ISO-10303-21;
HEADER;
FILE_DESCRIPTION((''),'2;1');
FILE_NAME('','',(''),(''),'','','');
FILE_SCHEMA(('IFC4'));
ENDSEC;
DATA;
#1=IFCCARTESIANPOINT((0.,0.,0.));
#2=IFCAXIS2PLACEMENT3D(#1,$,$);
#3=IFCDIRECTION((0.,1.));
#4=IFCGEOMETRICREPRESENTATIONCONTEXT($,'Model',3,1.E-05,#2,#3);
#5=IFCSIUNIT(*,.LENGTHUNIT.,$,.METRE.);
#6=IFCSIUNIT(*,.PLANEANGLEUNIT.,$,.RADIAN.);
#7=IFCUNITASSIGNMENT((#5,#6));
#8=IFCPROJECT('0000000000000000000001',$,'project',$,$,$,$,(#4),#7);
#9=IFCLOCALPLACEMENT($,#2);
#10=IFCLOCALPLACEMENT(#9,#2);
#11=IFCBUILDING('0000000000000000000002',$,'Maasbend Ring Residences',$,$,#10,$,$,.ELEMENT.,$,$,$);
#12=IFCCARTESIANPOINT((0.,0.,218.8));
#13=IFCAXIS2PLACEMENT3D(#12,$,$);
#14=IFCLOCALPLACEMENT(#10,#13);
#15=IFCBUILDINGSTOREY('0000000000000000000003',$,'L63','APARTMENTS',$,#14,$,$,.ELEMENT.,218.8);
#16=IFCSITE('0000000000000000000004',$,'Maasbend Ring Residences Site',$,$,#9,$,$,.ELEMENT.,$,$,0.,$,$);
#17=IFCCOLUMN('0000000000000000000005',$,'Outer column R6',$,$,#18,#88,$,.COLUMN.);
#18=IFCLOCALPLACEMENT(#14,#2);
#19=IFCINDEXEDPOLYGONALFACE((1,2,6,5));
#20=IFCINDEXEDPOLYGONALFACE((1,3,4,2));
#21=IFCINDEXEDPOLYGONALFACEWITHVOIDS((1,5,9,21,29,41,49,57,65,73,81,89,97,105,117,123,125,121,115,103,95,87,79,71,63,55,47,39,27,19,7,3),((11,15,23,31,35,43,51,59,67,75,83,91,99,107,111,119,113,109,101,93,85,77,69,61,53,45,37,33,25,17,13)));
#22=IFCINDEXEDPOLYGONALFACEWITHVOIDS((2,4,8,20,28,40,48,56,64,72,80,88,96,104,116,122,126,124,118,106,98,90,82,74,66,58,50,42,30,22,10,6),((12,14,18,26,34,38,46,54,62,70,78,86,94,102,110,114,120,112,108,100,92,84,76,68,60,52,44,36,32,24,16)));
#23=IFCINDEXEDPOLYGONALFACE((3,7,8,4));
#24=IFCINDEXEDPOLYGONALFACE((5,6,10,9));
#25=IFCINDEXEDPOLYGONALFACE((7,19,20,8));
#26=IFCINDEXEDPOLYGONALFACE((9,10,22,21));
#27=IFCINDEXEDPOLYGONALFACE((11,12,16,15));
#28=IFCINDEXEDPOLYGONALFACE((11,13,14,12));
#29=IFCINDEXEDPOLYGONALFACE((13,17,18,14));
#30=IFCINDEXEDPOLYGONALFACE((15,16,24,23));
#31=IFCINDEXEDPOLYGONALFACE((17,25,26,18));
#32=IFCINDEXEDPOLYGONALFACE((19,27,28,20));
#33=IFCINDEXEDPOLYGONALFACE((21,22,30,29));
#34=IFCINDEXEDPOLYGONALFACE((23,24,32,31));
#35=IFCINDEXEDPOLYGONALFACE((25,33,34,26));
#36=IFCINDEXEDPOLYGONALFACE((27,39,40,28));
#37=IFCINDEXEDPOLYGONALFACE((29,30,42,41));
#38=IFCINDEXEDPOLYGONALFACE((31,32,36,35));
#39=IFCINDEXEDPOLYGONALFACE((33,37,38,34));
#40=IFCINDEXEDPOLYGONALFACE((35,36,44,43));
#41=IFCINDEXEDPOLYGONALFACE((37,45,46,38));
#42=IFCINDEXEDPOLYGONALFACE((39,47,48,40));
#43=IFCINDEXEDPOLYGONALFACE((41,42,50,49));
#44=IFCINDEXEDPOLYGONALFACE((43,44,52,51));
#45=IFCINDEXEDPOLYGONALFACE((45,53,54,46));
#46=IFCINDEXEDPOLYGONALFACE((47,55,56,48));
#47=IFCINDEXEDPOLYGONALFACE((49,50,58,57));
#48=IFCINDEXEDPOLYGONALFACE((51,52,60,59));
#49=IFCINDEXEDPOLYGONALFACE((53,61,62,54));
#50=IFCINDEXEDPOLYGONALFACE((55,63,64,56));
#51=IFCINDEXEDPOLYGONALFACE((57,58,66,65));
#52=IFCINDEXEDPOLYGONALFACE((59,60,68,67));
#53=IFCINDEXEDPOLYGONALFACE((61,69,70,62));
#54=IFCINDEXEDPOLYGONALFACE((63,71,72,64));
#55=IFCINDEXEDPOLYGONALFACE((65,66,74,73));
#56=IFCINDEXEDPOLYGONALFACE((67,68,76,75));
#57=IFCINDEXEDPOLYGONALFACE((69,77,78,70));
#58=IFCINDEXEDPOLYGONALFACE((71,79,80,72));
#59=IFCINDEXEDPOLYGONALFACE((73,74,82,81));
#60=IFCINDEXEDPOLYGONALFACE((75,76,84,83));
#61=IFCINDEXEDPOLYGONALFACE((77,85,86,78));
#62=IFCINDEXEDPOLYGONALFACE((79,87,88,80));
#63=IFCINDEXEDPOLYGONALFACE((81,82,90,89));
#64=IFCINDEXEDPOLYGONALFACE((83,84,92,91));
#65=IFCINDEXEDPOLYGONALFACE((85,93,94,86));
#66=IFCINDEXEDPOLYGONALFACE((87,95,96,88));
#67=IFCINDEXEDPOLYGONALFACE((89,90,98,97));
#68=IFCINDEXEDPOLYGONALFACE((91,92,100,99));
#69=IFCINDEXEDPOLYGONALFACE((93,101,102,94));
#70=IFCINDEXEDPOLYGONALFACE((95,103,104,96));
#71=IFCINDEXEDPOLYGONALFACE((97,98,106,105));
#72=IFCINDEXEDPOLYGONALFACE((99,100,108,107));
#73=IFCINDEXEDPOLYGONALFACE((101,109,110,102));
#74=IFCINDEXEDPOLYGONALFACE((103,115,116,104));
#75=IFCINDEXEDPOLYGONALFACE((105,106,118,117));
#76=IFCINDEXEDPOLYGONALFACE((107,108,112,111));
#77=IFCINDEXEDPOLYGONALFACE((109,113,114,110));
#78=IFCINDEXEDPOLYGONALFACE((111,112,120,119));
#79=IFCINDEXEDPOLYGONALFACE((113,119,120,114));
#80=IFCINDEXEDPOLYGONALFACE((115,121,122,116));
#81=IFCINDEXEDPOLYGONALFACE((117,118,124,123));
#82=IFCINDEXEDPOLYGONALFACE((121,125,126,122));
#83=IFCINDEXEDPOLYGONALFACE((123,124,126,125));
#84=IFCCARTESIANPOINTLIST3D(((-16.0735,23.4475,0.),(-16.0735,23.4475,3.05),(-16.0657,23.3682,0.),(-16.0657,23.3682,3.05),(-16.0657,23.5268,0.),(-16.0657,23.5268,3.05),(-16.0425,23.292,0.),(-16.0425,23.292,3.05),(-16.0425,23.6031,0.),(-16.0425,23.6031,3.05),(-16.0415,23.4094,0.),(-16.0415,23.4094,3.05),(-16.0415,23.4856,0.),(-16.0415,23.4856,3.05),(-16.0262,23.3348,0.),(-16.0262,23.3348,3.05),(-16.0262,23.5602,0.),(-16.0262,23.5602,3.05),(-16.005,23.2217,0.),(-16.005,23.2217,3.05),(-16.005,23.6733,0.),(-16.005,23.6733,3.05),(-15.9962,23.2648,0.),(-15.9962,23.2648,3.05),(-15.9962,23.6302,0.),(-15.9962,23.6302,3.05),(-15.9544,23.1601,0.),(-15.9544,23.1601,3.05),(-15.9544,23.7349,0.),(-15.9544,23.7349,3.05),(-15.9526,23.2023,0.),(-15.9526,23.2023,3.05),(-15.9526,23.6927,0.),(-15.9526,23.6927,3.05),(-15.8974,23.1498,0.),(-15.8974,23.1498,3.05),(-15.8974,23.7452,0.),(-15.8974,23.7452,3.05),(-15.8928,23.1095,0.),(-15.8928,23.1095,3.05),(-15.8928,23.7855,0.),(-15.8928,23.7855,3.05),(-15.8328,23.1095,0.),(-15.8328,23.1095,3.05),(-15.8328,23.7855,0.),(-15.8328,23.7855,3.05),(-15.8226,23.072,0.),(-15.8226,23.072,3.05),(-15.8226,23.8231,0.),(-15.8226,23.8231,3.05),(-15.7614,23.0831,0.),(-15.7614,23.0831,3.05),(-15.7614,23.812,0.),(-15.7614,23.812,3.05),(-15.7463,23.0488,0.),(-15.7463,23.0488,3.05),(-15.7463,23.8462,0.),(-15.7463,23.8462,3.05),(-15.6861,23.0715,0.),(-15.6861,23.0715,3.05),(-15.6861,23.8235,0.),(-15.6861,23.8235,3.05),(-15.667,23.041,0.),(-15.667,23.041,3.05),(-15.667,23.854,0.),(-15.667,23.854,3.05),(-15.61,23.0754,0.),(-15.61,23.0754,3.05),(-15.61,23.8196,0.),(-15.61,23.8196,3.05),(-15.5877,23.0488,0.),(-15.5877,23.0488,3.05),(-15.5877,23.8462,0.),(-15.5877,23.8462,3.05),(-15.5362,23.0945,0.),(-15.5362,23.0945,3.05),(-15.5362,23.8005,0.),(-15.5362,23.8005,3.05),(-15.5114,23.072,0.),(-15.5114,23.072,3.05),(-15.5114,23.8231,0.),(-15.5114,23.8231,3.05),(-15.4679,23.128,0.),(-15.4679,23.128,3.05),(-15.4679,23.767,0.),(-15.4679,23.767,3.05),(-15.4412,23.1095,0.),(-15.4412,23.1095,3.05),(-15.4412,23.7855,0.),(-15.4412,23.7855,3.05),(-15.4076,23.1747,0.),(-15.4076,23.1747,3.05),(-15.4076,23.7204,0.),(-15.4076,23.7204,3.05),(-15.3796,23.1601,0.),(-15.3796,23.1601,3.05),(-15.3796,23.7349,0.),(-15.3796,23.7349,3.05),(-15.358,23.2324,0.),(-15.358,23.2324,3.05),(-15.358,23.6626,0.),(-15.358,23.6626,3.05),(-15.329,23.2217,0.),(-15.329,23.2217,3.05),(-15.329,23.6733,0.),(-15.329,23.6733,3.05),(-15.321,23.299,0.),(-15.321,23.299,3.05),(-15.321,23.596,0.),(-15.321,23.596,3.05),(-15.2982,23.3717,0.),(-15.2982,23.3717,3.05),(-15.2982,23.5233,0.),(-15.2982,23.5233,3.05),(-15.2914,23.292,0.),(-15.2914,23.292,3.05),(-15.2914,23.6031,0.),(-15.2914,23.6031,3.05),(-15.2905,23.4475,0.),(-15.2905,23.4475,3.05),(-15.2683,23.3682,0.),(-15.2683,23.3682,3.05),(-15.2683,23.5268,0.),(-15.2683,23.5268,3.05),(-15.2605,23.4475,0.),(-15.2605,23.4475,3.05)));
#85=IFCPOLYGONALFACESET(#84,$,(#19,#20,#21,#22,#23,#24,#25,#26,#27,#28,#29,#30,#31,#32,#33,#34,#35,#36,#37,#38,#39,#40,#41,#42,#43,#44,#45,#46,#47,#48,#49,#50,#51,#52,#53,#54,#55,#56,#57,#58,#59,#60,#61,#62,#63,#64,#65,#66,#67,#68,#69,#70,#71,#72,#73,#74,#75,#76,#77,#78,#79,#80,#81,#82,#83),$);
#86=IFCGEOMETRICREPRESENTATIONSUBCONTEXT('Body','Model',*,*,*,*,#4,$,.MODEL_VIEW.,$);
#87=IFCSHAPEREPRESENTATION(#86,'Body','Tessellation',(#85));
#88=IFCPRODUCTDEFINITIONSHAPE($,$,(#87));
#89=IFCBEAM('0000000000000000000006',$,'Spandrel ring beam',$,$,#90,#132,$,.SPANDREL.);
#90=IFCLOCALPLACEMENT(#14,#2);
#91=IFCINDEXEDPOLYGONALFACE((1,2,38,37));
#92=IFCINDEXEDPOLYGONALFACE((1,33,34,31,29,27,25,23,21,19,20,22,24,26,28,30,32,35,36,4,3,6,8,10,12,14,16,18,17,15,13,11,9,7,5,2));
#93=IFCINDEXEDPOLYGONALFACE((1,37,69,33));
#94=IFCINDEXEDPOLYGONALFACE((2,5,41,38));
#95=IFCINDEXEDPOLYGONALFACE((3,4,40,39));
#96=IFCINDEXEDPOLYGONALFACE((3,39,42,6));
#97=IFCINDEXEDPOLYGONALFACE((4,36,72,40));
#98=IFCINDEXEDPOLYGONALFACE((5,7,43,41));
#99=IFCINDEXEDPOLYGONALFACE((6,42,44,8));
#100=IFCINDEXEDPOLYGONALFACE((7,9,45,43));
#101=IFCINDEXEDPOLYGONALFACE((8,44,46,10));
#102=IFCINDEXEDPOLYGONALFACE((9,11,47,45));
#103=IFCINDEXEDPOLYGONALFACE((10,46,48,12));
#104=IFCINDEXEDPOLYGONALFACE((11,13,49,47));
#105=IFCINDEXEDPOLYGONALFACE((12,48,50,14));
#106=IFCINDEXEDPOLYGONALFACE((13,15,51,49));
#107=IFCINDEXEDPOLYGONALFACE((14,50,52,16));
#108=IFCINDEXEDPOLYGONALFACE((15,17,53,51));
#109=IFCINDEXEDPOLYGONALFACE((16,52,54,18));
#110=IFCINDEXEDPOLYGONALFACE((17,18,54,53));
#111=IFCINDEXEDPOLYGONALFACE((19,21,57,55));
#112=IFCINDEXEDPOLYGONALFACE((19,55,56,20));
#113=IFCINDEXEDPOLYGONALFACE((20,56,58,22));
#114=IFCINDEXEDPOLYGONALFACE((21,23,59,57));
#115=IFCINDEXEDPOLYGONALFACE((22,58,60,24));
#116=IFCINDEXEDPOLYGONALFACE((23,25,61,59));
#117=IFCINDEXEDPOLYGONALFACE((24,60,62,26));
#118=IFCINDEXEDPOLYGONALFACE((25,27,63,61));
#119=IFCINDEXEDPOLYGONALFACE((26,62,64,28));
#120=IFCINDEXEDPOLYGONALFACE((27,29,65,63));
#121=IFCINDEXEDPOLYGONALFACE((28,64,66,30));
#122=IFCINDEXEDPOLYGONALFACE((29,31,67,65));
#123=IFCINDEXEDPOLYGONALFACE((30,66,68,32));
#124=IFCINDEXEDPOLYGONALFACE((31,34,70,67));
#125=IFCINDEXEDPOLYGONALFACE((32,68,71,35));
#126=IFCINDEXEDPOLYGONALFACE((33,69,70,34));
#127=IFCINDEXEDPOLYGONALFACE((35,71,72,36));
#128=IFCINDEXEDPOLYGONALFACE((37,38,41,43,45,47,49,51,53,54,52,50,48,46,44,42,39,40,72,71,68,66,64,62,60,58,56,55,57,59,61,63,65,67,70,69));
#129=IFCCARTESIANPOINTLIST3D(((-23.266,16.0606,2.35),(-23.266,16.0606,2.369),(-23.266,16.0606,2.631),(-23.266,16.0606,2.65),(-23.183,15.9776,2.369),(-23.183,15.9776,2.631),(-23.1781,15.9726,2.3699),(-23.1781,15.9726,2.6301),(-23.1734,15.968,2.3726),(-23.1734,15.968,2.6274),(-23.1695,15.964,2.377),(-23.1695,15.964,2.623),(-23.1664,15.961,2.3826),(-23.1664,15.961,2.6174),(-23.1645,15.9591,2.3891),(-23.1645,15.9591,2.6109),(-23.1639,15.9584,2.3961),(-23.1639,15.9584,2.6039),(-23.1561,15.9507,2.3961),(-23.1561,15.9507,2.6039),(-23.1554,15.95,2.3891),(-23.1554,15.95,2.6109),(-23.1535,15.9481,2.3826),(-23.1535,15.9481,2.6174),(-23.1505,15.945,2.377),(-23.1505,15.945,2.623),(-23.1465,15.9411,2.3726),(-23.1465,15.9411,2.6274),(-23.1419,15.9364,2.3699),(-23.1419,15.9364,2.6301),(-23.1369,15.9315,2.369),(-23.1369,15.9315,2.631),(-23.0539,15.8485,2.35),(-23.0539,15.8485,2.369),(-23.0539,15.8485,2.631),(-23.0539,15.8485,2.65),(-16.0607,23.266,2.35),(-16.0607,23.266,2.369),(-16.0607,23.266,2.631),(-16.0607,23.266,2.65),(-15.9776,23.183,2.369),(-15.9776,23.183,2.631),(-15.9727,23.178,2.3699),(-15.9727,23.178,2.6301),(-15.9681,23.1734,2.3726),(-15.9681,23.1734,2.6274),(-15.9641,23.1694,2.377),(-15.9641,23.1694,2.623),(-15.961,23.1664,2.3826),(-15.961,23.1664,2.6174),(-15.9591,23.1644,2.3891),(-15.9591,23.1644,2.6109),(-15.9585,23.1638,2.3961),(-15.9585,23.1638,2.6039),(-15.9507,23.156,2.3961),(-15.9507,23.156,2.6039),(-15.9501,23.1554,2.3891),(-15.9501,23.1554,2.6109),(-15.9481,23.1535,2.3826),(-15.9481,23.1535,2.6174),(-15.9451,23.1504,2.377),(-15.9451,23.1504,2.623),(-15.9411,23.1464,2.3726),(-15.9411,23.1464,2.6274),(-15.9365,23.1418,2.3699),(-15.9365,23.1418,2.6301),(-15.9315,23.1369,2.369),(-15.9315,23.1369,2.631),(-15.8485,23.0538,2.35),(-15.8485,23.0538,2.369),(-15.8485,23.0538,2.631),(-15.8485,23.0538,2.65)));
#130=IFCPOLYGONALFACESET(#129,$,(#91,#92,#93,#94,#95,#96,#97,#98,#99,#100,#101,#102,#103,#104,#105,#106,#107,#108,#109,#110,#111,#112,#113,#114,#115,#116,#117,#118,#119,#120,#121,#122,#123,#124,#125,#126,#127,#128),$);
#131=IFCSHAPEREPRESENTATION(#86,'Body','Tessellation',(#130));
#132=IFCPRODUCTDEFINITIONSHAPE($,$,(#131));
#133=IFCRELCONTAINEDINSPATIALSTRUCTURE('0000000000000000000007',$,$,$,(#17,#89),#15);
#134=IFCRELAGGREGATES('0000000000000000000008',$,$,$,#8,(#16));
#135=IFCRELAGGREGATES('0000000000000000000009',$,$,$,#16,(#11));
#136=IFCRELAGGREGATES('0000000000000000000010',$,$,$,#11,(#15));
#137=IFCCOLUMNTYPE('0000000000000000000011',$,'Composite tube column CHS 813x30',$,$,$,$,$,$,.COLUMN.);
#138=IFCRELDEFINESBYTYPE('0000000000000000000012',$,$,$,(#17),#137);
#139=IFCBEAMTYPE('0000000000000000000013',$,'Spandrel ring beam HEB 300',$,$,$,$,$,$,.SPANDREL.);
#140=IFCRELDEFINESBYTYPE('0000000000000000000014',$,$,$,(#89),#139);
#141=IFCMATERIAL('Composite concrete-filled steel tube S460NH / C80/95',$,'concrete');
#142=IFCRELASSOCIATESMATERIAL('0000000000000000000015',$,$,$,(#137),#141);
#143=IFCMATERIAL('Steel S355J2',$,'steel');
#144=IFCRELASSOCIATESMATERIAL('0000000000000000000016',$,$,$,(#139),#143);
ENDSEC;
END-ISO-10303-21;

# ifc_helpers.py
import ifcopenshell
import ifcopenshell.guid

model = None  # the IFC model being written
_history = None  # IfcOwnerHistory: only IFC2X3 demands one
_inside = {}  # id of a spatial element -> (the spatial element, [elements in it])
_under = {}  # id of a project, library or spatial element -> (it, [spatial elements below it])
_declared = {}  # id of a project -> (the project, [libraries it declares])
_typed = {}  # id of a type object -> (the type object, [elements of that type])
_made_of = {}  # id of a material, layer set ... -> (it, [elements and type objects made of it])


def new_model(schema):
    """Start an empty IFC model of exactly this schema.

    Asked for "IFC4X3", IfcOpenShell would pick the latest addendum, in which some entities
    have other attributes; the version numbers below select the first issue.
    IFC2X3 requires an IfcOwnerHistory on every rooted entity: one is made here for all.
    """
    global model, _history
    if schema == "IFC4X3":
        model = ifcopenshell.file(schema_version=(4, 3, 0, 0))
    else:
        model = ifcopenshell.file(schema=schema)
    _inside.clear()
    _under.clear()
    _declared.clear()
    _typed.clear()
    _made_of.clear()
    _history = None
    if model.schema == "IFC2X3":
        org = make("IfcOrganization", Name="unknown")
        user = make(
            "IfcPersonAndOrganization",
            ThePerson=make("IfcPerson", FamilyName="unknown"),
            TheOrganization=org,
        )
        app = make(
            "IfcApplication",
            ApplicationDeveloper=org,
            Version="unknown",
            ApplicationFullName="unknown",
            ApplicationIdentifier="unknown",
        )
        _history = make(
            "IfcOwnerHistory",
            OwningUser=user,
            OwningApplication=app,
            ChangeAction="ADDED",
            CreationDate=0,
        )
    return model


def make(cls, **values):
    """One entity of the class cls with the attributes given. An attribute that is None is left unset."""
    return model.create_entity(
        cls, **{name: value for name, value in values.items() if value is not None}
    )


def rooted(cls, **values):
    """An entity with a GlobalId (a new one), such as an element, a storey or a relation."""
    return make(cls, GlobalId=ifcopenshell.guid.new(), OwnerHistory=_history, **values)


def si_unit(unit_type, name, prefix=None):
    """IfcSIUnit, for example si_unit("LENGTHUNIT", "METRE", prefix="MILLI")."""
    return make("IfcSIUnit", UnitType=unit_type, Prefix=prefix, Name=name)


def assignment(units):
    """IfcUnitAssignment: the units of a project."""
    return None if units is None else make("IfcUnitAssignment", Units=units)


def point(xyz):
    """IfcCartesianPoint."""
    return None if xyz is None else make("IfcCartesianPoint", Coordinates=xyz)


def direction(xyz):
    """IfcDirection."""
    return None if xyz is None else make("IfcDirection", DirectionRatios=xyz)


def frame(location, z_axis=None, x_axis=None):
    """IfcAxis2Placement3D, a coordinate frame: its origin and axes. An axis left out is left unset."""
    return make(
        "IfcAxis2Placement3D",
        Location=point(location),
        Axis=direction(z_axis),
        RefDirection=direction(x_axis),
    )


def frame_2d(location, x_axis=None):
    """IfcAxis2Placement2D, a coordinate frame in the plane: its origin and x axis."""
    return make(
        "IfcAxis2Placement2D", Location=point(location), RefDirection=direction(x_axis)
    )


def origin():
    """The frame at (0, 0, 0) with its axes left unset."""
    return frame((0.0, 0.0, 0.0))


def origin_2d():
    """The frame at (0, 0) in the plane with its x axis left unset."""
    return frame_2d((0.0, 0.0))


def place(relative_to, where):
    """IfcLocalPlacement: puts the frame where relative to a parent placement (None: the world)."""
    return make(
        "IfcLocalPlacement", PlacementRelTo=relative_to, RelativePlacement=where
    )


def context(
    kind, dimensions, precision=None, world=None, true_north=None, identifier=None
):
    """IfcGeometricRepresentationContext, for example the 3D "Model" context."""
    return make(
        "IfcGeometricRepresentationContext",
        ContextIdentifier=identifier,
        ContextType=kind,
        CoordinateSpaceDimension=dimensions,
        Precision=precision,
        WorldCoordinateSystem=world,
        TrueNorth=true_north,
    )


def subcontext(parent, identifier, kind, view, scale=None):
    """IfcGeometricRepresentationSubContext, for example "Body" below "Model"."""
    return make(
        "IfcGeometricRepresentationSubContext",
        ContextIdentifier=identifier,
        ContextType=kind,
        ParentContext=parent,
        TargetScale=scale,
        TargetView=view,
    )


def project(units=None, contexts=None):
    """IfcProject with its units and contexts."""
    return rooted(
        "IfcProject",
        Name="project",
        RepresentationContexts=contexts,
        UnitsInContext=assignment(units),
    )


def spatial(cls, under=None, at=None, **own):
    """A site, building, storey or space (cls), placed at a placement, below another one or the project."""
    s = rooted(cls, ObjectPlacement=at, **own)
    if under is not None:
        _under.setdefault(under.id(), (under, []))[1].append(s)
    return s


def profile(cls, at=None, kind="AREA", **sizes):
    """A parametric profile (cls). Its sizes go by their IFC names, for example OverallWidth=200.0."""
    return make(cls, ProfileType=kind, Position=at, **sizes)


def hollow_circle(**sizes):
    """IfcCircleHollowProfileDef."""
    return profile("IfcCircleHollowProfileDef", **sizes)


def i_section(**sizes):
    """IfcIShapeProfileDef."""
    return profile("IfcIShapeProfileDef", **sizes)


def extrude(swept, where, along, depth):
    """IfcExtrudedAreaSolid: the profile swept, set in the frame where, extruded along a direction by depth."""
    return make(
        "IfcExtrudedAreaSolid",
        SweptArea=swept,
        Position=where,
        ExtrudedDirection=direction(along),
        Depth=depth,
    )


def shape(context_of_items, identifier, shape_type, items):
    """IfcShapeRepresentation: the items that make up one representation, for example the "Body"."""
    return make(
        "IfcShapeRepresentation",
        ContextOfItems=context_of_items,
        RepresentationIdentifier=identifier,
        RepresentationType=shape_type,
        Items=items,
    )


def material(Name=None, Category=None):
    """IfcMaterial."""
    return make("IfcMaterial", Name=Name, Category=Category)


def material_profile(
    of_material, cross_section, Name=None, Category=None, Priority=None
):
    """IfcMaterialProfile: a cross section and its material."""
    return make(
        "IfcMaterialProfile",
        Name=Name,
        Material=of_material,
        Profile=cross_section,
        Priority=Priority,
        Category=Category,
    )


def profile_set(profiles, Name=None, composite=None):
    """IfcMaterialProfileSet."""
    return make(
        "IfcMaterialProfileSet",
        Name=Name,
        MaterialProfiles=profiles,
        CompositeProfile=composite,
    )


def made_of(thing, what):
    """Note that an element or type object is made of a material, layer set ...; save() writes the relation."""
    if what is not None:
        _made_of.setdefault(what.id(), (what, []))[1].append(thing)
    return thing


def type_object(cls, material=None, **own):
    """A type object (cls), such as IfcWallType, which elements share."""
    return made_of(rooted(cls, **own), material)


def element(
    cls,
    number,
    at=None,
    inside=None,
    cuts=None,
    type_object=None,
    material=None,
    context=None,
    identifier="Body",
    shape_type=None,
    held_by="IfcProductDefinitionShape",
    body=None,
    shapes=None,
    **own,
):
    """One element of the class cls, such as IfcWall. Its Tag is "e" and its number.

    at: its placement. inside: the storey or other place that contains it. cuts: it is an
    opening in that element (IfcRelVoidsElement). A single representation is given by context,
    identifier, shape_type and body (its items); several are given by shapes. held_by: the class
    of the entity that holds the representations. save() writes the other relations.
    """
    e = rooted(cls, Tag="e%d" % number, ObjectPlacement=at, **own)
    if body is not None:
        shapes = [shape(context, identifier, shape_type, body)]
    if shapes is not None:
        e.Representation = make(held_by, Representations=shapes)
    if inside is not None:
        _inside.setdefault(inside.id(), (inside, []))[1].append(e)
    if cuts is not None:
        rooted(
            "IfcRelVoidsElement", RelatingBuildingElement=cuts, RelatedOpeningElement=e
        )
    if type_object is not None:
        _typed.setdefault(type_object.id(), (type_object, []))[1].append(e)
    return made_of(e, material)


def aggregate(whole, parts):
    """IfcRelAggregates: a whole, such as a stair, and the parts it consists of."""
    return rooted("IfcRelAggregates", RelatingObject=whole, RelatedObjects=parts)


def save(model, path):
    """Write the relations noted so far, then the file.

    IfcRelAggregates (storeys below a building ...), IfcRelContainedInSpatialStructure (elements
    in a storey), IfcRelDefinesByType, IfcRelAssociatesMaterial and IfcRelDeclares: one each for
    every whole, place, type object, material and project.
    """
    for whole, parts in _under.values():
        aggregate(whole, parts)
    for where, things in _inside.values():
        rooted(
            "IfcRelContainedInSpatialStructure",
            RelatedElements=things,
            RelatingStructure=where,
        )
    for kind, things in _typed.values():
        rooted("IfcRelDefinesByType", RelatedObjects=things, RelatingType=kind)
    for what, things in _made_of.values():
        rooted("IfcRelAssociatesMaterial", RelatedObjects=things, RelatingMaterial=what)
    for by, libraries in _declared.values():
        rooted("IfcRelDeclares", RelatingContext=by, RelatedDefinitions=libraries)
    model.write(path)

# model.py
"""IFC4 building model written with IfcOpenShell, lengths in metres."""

from ifc_helpers import new_model, si_unit, direction, frame, origin, origin_2d, place, context, subcontext, project, spatial, hollow_circle, i_section, extrude, material, material_profile, profile_set, type_object, element, save


model = new_model("IFC4")

# Units and contexts
model_context = context("Model", 3, precision=1e-05, world=origin(), true_north=direction((0.0, 1.0)))
body_context = subcontext(model_context, "Body", "Model", "MODEL_VIEW")
ifc_project = project(units=[si_unit("LENGTHUNIT", "METRE"), si_unit("PLANEANGLEUNIT", "RADIAN")], contexts=[model_context])

# Site, building, storey
site_placement = place(None, origin())
site = spatial("IfcSite", under=ifc_project, at=site_placement, Name="Maasbend Ring Residences Site", CompositionType="ELEMENT", RefElevation=0.0)
building_placement = place(site_placement, origin())
building = spatial("IfcBuilding", under=site, at=building_placement, Name="Maasbend Ring Residences", CompositionType="ELEMENT")
storey_placement = place(building_placement, frame((0.0, 0.0, 218.8)))
storey = spatial("IfcBuildingStorey", under=building, at=storey_placement, Name="L63", Description="APARTMENTS", CompositionType="ELEMENT", Elevation=218.8)

# Column
ifc_material_1 = material(Name="Composite concrete-filled steel tube S460NH / C80/95", Category="concrete")
ifc_material_profile_1 = material_profile(ifc_material_1, hollow_circle(Radius=0.4065, WallThickness=0.03, at=origin_2d()), Name="Composite tube column CHS 813x30")
ifc_profile_set_1 = profile_set([ifc_material_profile_1], Name="Composite concrete-filled steel tube S460NH / C80/95")
column_type = type_object("IfcColumnType", Name="Composite tube column CHS 813x30", PredefinedType="COLUMN", material=ifc_profile_set_1)
column_placement = place(storey_placement, frame((-15.667, 23.4475, 0.0), z_axis=(0.0, 0.0, 1.0), x_axis=(1.0, 0.0, 0.0)))
element("IfcColumn", 1, at=column_placement, inside=storey, type_object=column_type, Name="Outer column R6", PredefinedType="COLUMN", context=body_context, shape_type="SweptSolid", body=[
    extrude(hollow_circle(Radius=0.4065, WallThickness=0.03, at=origin_2d()), origin(), (0.0, 0.0, 1.0), 3.05),
])

# Beam
ifc_material_2 = material(Name="Steel S355J2", Category="steel")
ifc_material_profile_2 = material_profile(ifc_material_2, i_section(OverallWidth=0.3, OverallDepth=0.3, WebThickness=0.011, FlangeThickness=0.019, FilletRadius=0.0271, at=origin_2d()), Name="HEB 300")
ifc_profile_set_2 = profile_set([ifc_material_profile_2], Name="Steel S355J2")
beam_type = type_object("IfcBeamType", Name="Spandrel ring beam HEB 300", PredefinedType="SPANDREL", material=ifc_profile_set_2)
beam_placement = place(storey_placement, frame((-15.9546, 23.1599, 2.5), z_axis=(-0.707107, -0.707107, 0.0), x_axis=(0.707107, -0.707107, 0.0)))
element("IfcBeam", 2, at=beam_placement, inside=storey, type_object=beam_type, Name="Spandrel ring beam", PredefinedType="SPANDREL", context=body_context, shape_type="SweptSolid", body=[
    extrude(i_section(OverallWidth=0.3, OverallDepth=0.3, WebThickness=0.011, FlangeThickness=0.019, FilletRadius=0.0271, at=origin_2d()), origin(), (0.0, 0.0, 1.0), 10.1899),
])

save(model, "model.ifc")
